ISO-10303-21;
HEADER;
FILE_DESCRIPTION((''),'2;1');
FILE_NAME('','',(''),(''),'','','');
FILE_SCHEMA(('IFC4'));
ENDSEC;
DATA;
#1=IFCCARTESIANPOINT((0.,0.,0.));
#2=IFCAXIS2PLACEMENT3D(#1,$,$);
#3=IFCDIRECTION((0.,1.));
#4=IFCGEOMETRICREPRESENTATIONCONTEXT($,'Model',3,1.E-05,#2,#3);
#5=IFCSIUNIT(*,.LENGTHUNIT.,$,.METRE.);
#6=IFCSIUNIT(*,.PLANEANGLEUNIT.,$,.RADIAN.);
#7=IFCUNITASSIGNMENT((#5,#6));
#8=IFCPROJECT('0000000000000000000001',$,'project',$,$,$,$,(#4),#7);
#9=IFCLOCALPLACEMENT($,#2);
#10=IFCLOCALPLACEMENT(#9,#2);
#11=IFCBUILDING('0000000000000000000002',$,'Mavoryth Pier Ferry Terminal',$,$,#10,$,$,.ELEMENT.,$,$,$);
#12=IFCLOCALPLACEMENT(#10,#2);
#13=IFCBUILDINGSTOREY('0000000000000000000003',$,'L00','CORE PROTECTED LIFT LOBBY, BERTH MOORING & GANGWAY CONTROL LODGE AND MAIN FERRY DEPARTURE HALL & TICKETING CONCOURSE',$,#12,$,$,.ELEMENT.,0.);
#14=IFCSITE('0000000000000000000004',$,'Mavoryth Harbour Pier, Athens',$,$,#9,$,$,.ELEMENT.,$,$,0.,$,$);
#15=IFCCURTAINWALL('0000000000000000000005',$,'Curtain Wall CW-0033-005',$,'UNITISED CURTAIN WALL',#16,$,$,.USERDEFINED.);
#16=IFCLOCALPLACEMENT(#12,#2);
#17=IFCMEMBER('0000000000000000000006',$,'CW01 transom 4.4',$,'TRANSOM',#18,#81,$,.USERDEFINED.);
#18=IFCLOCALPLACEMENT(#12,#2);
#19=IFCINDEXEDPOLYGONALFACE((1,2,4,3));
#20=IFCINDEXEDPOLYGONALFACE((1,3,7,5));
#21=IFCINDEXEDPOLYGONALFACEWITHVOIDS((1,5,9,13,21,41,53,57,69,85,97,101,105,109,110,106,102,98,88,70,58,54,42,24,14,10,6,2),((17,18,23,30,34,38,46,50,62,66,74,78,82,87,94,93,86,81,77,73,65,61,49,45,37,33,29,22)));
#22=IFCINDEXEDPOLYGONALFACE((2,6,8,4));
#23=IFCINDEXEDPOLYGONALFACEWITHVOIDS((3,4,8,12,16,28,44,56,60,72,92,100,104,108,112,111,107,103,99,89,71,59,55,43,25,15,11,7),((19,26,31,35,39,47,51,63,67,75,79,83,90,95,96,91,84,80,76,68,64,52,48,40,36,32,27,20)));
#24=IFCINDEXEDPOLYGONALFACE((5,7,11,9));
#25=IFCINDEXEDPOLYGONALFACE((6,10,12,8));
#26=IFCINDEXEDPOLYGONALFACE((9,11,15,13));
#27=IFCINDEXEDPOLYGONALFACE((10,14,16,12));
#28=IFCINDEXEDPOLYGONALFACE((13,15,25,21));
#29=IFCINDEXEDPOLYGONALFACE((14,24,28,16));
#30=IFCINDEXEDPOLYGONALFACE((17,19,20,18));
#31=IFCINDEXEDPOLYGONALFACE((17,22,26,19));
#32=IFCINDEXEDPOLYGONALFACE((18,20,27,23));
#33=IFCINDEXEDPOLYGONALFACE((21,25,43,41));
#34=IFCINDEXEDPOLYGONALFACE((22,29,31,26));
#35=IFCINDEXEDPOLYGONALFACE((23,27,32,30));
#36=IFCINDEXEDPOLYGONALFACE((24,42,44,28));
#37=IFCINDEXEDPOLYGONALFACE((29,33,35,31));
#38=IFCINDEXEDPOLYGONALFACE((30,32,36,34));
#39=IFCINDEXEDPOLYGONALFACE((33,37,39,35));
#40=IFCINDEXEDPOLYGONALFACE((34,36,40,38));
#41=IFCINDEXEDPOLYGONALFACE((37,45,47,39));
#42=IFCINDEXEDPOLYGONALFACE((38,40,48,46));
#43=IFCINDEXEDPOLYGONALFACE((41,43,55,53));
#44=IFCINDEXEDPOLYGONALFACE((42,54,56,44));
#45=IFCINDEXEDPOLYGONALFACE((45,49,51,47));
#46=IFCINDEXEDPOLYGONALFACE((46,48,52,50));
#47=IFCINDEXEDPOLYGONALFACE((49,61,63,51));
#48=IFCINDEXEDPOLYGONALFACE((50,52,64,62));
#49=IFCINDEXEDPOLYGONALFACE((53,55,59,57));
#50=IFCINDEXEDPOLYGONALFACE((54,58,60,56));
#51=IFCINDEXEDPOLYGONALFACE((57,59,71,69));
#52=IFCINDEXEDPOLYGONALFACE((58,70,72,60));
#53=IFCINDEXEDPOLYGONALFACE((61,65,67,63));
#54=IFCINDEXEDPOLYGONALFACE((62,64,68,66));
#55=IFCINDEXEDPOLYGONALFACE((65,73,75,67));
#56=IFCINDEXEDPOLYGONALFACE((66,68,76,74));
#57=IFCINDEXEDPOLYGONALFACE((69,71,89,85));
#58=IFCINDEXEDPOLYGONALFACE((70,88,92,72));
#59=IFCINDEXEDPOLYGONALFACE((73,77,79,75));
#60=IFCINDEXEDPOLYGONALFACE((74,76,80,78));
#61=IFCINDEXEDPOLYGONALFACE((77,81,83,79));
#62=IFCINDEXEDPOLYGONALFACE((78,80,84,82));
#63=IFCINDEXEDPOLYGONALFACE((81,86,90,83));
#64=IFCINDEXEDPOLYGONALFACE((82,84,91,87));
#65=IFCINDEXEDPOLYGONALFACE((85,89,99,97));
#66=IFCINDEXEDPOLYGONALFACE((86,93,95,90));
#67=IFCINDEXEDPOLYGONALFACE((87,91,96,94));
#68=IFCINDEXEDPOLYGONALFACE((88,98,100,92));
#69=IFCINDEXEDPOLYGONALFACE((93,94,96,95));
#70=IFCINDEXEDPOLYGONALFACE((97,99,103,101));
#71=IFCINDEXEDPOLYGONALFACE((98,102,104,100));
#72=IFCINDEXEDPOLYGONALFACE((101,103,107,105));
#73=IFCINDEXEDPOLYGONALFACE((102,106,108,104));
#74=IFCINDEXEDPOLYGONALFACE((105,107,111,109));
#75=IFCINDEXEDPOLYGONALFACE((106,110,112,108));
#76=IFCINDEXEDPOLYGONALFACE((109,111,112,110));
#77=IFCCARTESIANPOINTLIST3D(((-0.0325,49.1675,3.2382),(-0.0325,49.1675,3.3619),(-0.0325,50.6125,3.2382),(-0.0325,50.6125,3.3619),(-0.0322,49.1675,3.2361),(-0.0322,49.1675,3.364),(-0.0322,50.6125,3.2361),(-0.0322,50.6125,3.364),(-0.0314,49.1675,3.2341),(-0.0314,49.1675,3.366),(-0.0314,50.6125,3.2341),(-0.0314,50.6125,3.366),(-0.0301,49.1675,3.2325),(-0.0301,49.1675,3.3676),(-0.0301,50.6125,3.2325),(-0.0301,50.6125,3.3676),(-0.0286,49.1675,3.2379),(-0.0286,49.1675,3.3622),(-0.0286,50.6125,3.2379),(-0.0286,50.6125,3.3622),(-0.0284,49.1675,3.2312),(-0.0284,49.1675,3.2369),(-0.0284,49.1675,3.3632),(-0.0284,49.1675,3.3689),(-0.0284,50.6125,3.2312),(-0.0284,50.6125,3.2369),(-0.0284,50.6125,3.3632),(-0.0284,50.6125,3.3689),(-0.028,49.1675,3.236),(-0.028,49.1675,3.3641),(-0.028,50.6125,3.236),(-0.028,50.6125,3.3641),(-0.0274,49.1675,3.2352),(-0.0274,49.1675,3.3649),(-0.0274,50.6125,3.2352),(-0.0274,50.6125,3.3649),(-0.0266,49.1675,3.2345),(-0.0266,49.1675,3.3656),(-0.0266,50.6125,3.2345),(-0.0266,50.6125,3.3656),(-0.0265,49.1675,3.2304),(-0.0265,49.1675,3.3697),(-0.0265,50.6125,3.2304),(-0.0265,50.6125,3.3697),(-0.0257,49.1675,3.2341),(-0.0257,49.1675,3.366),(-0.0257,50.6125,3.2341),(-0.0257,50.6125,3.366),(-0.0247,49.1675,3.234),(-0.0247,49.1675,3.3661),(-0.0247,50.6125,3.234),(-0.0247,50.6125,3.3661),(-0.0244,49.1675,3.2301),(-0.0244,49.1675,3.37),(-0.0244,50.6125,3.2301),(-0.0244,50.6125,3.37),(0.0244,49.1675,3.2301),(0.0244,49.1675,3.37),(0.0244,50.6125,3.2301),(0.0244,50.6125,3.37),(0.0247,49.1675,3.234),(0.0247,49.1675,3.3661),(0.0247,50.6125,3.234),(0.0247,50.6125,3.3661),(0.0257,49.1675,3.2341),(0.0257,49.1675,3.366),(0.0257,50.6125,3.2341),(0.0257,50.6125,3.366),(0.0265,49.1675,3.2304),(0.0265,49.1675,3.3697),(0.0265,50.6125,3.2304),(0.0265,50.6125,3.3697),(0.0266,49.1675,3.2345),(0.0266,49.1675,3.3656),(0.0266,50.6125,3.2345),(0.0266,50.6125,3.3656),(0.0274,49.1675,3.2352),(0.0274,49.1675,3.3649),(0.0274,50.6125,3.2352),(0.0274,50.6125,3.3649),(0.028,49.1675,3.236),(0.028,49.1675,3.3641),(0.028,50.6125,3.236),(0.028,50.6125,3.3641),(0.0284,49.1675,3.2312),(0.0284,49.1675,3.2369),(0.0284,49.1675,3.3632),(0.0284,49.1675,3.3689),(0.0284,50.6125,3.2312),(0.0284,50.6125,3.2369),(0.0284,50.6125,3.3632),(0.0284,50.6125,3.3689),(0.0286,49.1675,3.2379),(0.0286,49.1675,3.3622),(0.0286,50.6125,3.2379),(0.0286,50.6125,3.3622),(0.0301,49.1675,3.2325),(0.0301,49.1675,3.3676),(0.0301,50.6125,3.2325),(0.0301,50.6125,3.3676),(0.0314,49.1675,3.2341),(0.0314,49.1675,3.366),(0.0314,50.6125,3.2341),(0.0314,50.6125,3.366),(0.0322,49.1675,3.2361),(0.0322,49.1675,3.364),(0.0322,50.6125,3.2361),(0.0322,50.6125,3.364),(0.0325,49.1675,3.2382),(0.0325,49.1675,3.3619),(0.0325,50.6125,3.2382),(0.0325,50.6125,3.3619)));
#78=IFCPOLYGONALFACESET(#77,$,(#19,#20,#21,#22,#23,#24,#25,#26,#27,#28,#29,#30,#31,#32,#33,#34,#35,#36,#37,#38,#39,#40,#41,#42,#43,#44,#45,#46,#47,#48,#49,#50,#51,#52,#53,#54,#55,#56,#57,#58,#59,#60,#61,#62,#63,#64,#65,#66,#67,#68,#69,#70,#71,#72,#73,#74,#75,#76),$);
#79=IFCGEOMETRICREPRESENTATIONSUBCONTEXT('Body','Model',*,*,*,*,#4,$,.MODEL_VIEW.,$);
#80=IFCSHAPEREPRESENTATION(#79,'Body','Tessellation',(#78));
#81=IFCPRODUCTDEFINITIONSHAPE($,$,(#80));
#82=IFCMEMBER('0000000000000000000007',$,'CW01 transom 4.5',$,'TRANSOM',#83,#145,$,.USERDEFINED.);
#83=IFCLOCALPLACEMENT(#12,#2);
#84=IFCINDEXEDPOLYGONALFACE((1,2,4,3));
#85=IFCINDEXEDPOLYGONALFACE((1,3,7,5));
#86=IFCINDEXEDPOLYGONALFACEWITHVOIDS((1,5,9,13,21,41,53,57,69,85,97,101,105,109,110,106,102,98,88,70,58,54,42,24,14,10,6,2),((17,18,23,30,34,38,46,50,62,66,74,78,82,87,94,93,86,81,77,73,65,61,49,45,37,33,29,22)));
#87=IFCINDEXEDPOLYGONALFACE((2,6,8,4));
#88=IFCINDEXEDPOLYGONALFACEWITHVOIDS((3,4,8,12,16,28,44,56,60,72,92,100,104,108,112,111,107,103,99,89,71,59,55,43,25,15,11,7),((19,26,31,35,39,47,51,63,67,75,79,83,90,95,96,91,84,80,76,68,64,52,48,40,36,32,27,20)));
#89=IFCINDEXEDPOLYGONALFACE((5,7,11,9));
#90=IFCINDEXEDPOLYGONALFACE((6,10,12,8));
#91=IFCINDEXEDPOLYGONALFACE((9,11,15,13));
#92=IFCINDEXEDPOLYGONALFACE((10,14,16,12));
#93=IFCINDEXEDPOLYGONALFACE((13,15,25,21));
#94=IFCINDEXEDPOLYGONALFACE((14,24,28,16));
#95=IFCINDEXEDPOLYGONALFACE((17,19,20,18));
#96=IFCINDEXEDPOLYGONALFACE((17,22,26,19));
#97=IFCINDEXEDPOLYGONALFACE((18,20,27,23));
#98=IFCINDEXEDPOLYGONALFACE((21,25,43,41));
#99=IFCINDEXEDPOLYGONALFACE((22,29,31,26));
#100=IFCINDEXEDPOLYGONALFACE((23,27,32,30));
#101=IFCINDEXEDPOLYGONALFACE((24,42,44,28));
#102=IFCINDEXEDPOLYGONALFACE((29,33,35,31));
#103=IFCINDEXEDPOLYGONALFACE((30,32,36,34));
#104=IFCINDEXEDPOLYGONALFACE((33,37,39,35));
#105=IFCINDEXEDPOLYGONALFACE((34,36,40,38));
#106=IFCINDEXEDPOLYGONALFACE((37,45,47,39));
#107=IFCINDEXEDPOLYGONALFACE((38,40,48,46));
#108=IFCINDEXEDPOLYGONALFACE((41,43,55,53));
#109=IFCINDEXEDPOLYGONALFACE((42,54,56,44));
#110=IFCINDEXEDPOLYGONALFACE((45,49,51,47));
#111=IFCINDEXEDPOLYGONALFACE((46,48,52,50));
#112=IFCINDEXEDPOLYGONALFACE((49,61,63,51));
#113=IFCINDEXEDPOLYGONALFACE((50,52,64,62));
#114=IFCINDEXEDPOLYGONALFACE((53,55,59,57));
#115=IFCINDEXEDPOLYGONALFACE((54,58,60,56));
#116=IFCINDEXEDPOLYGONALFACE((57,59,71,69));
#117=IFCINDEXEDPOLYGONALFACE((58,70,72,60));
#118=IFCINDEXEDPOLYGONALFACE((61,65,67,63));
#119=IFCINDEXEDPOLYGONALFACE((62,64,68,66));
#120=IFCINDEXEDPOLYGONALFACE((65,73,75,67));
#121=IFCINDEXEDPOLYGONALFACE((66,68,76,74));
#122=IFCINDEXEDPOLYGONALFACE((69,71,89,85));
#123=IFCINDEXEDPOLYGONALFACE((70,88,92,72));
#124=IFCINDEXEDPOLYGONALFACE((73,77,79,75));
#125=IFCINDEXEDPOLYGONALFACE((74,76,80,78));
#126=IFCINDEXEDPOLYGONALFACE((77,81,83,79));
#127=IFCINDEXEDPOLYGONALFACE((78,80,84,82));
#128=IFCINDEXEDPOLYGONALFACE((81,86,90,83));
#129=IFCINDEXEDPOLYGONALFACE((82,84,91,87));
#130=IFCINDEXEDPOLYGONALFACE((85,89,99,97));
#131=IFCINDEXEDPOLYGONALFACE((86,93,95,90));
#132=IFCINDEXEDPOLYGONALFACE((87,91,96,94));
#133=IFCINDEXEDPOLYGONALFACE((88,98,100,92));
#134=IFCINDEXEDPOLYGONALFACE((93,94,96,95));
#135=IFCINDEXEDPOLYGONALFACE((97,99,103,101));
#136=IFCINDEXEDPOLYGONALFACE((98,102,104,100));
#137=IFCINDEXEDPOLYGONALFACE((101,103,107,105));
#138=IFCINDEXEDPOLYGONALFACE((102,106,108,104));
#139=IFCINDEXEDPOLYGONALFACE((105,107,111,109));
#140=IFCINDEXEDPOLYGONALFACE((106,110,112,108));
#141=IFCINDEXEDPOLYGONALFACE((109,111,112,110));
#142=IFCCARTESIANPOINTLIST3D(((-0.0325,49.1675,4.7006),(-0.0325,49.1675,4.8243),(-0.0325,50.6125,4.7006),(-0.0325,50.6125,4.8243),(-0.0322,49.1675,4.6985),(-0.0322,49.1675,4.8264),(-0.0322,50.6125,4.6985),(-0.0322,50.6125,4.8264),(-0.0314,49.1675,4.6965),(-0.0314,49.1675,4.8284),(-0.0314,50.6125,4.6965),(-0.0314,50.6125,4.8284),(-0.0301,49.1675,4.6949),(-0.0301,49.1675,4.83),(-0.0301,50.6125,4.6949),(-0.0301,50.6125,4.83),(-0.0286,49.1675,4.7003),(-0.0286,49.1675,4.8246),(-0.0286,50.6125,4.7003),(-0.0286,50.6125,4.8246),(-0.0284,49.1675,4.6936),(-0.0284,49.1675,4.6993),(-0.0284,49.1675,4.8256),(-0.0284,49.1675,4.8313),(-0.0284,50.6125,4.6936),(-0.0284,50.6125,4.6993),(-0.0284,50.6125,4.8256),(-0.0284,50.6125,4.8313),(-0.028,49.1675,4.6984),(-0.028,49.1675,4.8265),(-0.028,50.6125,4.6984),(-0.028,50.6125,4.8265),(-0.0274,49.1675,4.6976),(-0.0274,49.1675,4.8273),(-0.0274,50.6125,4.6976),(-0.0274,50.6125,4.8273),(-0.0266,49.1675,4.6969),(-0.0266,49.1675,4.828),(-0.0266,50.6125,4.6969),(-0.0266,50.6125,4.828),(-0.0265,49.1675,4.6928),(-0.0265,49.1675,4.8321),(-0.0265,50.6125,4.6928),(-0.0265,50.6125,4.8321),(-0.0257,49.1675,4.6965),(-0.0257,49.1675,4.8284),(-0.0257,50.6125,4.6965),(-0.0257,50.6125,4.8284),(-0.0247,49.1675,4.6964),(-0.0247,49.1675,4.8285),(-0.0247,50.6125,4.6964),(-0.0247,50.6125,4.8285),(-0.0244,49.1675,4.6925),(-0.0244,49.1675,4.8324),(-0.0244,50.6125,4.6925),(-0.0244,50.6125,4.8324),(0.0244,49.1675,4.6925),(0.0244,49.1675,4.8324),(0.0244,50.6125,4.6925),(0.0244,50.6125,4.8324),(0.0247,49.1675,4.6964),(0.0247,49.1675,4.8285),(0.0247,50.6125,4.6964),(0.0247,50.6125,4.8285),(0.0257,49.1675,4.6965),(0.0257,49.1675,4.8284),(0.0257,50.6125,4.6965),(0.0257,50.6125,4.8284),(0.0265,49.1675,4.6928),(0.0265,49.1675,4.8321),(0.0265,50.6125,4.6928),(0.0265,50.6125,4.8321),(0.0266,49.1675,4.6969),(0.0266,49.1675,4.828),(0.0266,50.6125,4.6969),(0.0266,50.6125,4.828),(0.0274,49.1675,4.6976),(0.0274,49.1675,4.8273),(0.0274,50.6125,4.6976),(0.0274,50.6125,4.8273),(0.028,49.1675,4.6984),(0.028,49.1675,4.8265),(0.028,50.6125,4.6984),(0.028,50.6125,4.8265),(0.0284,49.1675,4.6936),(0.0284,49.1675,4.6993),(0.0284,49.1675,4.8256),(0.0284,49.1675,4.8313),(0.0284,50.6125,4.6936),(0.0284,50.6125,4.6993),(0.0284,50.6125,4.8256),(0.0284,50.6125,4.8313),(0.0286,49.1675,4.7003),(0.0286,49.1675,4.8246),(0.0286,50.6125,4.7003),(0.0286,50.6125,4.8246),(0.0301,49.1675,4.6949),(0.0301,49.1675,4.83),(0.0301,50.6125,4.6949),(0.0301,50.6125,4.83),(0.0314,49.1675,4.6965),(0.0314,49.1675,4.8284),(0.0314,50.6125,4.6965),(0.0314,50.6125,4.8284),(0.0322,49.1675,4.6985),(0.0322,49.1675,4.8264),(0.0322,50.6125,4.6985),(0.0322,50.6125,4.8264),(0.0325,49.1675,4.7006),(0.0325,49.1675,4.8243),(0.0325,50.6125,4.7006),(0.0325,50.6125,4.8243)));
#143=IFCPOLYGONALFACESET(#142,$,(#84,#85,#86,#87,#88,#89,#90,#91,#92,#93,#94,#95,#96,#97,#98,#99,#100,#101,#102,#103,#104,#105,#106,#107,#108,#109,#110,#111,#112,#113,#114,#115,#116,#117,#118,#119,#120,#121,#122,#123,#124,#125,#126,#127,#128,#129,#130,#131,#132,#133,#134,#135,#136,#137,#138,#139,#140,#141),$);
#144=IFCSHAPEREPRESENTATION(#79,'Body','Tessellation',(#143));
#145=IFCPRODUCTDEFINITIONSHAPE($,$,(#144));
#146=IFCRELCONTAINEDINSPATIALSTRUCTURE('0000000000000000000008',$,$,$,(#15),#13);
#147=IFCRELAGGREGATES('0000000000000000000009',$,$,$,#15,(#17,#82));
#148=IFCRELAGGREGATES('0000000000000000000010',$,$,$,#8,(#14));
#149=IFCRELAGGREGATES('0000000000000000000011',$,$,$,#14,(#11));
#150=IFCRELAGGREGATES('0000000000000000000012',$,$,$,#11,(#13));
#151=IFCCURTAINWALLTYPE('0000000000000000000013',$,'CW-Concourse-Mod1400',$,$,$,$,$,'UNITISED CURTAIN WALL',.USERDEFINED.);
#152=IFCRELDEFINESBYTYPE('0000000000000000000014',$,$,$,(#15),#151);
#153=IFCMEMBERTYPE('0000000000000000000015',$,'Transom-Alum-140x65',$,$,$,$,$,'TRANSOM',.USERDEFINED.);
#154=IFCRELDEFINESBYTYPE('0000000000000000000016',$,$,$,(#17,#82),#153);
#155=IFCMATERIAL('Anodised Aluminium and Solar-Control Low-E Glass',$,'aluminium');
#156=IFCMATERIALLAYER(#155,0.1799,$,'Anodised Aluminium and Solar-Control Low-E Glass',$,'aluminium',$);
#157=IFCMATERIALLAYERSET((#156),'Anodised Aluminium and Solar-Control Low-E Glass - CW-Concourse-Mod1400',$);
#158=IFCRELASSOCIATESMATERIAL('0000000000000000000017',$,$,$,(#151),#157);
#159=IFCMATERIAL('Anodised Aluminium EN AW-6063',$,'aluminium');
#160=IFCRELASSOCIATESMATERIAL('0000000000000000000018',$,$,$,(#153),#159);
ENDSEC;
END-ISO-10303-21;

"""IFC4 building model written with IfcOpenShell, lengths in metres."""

from ifc_helpers import new_model, si_unit, direction, frame, origin, origin_2d, place, context, subcontext, project, spatial, hollow_rectangle, extrude, material, layer, layer_set, material_profile, profile_set, type_object, element, aggregate, save


model = new_model("IFC4")

# Units and contexts
model_context = context("Model", 3, precision=1e-05, world=origin(), true_north=direction((0.0, 1.0)))
body_context = subcontext(model_context, "Body", "Model", "MODEL_VIEW")
ifc_project = project(units=[si_unit("LENGTHUNIT", "METRE"), si_unit("PLANEANGLEUNIT", "RADIAN")], contexts=[model_context])

# Site, building, storey
site_placement = place(None, origin())
site = spatial("IfcSite", under=ifc_project, at=site_placement, Name="Mavoryth Harbour Pier, Athens", CompositionType="ELEMENT", RefElevation=0.0)
building_placement = place(site_placement, origin())
building = spatial("IfcBuilding", under=site, at=building_placement, Name="Mavoryth Pier Ferry Terminal", CompositionType="ELEMENT")
storey_placement = place(building_placement, origin())
storey = spatial("IfcBuildingStorey", under=building, at=storey_placement, Name="L00", Description="CORE PROTECTED LIFT LOBBY, BERTH MOORING & GANGWAY CONTROL LODGE AND MAIN FERRY DEPARTURE HALL & TICKETING CONCOURSE", CompositionType="ELEMENT", Elevation=0.0)

# Curtain wall, members
ifc_material_1 = material(Name="Anodised Aluminium and Solar-Control Low-E Glass", Category="aluminium")
ifc_layer_1 = layer(ifc_material_1, 0.1799, Name="Anodised Aluminium and Solar-Control Low-E Glass", Category="aluminium")
ifc_layer_set_1 = layer_set([ifc_layer_1], Name="Anodised Aluminium and Solar-Control Low-E Glass - CW-Concourse-Mod1400")
curtain_wall_type = type_object("IfcCurtainWallType", Name="CW-Concourse-Mod1400", ElementType="UNITISED CURTAIN WALL", PredefinedType="USERDEFINED", material=ifc_layer_set_1)
curtain_wall_placement = place(storey_placement, origin())
curtain_wall = element("IfcCurtainWall", 1, at=curtain_wall_placement, inside=storey, type_object=curtain_wall_type, Name="Curtain Wall CW-0033-005", ObjectType="UNITISED CURTAIN WALL", PredefinedType="USERDEFINED")
ifc_material_2 = material(Name="Anodised Aluminium EN AW-6063", Category="aluminium")
ifc_material_profile_1 = material_profile(ifc_material_2, hollow_rectangle(XDim=0.0649, YDim=0.1399, WallThickness=0.0039, InnerFilletRadius=0.0039, OuterFilletRadius=0.0081, at=origin_2d()), Name="AL-TRAN 140x65x4", Category="aluminium")
ifc_profile_set_1 = profile_set([ifc_material_profile_1], Name="Anodised Aluminium EN AW-6063 - AL-TRAN 140x65x4")
member_type_1 = type_object("IfcMemberType", Name="Transom-Alum-140x65", ElementType="TRANSOM", PredefinedType="USERDEFINED", material=ifc_profile_set_1)
member_1_placement = place(storey_placement, frame((0.0, 50.6125, 3.3), z_axis=(0.0, -1.0, 0.0), x_axis=(1.0, 0.0, 0.0)))
member_1 = element("IfcMember", 2, at=member_1_placement, type_object=member_type_1, Name="CW01 transom 4.4", ObjectType="TRANSOM", PredefinedType="USERDEFINED", context=body_context, shape_type="SweptSolid", body=[
    extrude(hollow_rectangle(XDim=0.0649, YDim=0.1399, WallThickness=0.0039, InnerFilletRadius=0.0039, OuterFilletRadius=0.0081, at=origin_2d()), origin(), (0.0, 0.0, 1.0), 1.4451),
])
member_2_placement = place(storey_placement, frame((0.0, 50.6125, 4.7625), z_axis=(0.0, -1.0, 0.0), x_axis=(1.0, 0.0, 0.0)))
member_2 = element("IfcMember", 3, at=member_2_placement, type_object=member_type_1, Name="CW01 transom 4.5", ObjectType="TRANSOM", PredefinedType="USERDEFINED", context=body_context, shape_type="SweptSolid", body=[
    extrude(hollow_rectangle(XDim=0.0649, YDim=0.1399, WallThickness=0.0039, InnerFilletRadius=0.0039, OuterFilletRadius=0.0081, at=origin_2d()), origin(), (0.0, 0.0, 1.0), 1.4451),
])
aggregate(curtain_wall, [member_1, member_2])

save(model, "model.ifc")
